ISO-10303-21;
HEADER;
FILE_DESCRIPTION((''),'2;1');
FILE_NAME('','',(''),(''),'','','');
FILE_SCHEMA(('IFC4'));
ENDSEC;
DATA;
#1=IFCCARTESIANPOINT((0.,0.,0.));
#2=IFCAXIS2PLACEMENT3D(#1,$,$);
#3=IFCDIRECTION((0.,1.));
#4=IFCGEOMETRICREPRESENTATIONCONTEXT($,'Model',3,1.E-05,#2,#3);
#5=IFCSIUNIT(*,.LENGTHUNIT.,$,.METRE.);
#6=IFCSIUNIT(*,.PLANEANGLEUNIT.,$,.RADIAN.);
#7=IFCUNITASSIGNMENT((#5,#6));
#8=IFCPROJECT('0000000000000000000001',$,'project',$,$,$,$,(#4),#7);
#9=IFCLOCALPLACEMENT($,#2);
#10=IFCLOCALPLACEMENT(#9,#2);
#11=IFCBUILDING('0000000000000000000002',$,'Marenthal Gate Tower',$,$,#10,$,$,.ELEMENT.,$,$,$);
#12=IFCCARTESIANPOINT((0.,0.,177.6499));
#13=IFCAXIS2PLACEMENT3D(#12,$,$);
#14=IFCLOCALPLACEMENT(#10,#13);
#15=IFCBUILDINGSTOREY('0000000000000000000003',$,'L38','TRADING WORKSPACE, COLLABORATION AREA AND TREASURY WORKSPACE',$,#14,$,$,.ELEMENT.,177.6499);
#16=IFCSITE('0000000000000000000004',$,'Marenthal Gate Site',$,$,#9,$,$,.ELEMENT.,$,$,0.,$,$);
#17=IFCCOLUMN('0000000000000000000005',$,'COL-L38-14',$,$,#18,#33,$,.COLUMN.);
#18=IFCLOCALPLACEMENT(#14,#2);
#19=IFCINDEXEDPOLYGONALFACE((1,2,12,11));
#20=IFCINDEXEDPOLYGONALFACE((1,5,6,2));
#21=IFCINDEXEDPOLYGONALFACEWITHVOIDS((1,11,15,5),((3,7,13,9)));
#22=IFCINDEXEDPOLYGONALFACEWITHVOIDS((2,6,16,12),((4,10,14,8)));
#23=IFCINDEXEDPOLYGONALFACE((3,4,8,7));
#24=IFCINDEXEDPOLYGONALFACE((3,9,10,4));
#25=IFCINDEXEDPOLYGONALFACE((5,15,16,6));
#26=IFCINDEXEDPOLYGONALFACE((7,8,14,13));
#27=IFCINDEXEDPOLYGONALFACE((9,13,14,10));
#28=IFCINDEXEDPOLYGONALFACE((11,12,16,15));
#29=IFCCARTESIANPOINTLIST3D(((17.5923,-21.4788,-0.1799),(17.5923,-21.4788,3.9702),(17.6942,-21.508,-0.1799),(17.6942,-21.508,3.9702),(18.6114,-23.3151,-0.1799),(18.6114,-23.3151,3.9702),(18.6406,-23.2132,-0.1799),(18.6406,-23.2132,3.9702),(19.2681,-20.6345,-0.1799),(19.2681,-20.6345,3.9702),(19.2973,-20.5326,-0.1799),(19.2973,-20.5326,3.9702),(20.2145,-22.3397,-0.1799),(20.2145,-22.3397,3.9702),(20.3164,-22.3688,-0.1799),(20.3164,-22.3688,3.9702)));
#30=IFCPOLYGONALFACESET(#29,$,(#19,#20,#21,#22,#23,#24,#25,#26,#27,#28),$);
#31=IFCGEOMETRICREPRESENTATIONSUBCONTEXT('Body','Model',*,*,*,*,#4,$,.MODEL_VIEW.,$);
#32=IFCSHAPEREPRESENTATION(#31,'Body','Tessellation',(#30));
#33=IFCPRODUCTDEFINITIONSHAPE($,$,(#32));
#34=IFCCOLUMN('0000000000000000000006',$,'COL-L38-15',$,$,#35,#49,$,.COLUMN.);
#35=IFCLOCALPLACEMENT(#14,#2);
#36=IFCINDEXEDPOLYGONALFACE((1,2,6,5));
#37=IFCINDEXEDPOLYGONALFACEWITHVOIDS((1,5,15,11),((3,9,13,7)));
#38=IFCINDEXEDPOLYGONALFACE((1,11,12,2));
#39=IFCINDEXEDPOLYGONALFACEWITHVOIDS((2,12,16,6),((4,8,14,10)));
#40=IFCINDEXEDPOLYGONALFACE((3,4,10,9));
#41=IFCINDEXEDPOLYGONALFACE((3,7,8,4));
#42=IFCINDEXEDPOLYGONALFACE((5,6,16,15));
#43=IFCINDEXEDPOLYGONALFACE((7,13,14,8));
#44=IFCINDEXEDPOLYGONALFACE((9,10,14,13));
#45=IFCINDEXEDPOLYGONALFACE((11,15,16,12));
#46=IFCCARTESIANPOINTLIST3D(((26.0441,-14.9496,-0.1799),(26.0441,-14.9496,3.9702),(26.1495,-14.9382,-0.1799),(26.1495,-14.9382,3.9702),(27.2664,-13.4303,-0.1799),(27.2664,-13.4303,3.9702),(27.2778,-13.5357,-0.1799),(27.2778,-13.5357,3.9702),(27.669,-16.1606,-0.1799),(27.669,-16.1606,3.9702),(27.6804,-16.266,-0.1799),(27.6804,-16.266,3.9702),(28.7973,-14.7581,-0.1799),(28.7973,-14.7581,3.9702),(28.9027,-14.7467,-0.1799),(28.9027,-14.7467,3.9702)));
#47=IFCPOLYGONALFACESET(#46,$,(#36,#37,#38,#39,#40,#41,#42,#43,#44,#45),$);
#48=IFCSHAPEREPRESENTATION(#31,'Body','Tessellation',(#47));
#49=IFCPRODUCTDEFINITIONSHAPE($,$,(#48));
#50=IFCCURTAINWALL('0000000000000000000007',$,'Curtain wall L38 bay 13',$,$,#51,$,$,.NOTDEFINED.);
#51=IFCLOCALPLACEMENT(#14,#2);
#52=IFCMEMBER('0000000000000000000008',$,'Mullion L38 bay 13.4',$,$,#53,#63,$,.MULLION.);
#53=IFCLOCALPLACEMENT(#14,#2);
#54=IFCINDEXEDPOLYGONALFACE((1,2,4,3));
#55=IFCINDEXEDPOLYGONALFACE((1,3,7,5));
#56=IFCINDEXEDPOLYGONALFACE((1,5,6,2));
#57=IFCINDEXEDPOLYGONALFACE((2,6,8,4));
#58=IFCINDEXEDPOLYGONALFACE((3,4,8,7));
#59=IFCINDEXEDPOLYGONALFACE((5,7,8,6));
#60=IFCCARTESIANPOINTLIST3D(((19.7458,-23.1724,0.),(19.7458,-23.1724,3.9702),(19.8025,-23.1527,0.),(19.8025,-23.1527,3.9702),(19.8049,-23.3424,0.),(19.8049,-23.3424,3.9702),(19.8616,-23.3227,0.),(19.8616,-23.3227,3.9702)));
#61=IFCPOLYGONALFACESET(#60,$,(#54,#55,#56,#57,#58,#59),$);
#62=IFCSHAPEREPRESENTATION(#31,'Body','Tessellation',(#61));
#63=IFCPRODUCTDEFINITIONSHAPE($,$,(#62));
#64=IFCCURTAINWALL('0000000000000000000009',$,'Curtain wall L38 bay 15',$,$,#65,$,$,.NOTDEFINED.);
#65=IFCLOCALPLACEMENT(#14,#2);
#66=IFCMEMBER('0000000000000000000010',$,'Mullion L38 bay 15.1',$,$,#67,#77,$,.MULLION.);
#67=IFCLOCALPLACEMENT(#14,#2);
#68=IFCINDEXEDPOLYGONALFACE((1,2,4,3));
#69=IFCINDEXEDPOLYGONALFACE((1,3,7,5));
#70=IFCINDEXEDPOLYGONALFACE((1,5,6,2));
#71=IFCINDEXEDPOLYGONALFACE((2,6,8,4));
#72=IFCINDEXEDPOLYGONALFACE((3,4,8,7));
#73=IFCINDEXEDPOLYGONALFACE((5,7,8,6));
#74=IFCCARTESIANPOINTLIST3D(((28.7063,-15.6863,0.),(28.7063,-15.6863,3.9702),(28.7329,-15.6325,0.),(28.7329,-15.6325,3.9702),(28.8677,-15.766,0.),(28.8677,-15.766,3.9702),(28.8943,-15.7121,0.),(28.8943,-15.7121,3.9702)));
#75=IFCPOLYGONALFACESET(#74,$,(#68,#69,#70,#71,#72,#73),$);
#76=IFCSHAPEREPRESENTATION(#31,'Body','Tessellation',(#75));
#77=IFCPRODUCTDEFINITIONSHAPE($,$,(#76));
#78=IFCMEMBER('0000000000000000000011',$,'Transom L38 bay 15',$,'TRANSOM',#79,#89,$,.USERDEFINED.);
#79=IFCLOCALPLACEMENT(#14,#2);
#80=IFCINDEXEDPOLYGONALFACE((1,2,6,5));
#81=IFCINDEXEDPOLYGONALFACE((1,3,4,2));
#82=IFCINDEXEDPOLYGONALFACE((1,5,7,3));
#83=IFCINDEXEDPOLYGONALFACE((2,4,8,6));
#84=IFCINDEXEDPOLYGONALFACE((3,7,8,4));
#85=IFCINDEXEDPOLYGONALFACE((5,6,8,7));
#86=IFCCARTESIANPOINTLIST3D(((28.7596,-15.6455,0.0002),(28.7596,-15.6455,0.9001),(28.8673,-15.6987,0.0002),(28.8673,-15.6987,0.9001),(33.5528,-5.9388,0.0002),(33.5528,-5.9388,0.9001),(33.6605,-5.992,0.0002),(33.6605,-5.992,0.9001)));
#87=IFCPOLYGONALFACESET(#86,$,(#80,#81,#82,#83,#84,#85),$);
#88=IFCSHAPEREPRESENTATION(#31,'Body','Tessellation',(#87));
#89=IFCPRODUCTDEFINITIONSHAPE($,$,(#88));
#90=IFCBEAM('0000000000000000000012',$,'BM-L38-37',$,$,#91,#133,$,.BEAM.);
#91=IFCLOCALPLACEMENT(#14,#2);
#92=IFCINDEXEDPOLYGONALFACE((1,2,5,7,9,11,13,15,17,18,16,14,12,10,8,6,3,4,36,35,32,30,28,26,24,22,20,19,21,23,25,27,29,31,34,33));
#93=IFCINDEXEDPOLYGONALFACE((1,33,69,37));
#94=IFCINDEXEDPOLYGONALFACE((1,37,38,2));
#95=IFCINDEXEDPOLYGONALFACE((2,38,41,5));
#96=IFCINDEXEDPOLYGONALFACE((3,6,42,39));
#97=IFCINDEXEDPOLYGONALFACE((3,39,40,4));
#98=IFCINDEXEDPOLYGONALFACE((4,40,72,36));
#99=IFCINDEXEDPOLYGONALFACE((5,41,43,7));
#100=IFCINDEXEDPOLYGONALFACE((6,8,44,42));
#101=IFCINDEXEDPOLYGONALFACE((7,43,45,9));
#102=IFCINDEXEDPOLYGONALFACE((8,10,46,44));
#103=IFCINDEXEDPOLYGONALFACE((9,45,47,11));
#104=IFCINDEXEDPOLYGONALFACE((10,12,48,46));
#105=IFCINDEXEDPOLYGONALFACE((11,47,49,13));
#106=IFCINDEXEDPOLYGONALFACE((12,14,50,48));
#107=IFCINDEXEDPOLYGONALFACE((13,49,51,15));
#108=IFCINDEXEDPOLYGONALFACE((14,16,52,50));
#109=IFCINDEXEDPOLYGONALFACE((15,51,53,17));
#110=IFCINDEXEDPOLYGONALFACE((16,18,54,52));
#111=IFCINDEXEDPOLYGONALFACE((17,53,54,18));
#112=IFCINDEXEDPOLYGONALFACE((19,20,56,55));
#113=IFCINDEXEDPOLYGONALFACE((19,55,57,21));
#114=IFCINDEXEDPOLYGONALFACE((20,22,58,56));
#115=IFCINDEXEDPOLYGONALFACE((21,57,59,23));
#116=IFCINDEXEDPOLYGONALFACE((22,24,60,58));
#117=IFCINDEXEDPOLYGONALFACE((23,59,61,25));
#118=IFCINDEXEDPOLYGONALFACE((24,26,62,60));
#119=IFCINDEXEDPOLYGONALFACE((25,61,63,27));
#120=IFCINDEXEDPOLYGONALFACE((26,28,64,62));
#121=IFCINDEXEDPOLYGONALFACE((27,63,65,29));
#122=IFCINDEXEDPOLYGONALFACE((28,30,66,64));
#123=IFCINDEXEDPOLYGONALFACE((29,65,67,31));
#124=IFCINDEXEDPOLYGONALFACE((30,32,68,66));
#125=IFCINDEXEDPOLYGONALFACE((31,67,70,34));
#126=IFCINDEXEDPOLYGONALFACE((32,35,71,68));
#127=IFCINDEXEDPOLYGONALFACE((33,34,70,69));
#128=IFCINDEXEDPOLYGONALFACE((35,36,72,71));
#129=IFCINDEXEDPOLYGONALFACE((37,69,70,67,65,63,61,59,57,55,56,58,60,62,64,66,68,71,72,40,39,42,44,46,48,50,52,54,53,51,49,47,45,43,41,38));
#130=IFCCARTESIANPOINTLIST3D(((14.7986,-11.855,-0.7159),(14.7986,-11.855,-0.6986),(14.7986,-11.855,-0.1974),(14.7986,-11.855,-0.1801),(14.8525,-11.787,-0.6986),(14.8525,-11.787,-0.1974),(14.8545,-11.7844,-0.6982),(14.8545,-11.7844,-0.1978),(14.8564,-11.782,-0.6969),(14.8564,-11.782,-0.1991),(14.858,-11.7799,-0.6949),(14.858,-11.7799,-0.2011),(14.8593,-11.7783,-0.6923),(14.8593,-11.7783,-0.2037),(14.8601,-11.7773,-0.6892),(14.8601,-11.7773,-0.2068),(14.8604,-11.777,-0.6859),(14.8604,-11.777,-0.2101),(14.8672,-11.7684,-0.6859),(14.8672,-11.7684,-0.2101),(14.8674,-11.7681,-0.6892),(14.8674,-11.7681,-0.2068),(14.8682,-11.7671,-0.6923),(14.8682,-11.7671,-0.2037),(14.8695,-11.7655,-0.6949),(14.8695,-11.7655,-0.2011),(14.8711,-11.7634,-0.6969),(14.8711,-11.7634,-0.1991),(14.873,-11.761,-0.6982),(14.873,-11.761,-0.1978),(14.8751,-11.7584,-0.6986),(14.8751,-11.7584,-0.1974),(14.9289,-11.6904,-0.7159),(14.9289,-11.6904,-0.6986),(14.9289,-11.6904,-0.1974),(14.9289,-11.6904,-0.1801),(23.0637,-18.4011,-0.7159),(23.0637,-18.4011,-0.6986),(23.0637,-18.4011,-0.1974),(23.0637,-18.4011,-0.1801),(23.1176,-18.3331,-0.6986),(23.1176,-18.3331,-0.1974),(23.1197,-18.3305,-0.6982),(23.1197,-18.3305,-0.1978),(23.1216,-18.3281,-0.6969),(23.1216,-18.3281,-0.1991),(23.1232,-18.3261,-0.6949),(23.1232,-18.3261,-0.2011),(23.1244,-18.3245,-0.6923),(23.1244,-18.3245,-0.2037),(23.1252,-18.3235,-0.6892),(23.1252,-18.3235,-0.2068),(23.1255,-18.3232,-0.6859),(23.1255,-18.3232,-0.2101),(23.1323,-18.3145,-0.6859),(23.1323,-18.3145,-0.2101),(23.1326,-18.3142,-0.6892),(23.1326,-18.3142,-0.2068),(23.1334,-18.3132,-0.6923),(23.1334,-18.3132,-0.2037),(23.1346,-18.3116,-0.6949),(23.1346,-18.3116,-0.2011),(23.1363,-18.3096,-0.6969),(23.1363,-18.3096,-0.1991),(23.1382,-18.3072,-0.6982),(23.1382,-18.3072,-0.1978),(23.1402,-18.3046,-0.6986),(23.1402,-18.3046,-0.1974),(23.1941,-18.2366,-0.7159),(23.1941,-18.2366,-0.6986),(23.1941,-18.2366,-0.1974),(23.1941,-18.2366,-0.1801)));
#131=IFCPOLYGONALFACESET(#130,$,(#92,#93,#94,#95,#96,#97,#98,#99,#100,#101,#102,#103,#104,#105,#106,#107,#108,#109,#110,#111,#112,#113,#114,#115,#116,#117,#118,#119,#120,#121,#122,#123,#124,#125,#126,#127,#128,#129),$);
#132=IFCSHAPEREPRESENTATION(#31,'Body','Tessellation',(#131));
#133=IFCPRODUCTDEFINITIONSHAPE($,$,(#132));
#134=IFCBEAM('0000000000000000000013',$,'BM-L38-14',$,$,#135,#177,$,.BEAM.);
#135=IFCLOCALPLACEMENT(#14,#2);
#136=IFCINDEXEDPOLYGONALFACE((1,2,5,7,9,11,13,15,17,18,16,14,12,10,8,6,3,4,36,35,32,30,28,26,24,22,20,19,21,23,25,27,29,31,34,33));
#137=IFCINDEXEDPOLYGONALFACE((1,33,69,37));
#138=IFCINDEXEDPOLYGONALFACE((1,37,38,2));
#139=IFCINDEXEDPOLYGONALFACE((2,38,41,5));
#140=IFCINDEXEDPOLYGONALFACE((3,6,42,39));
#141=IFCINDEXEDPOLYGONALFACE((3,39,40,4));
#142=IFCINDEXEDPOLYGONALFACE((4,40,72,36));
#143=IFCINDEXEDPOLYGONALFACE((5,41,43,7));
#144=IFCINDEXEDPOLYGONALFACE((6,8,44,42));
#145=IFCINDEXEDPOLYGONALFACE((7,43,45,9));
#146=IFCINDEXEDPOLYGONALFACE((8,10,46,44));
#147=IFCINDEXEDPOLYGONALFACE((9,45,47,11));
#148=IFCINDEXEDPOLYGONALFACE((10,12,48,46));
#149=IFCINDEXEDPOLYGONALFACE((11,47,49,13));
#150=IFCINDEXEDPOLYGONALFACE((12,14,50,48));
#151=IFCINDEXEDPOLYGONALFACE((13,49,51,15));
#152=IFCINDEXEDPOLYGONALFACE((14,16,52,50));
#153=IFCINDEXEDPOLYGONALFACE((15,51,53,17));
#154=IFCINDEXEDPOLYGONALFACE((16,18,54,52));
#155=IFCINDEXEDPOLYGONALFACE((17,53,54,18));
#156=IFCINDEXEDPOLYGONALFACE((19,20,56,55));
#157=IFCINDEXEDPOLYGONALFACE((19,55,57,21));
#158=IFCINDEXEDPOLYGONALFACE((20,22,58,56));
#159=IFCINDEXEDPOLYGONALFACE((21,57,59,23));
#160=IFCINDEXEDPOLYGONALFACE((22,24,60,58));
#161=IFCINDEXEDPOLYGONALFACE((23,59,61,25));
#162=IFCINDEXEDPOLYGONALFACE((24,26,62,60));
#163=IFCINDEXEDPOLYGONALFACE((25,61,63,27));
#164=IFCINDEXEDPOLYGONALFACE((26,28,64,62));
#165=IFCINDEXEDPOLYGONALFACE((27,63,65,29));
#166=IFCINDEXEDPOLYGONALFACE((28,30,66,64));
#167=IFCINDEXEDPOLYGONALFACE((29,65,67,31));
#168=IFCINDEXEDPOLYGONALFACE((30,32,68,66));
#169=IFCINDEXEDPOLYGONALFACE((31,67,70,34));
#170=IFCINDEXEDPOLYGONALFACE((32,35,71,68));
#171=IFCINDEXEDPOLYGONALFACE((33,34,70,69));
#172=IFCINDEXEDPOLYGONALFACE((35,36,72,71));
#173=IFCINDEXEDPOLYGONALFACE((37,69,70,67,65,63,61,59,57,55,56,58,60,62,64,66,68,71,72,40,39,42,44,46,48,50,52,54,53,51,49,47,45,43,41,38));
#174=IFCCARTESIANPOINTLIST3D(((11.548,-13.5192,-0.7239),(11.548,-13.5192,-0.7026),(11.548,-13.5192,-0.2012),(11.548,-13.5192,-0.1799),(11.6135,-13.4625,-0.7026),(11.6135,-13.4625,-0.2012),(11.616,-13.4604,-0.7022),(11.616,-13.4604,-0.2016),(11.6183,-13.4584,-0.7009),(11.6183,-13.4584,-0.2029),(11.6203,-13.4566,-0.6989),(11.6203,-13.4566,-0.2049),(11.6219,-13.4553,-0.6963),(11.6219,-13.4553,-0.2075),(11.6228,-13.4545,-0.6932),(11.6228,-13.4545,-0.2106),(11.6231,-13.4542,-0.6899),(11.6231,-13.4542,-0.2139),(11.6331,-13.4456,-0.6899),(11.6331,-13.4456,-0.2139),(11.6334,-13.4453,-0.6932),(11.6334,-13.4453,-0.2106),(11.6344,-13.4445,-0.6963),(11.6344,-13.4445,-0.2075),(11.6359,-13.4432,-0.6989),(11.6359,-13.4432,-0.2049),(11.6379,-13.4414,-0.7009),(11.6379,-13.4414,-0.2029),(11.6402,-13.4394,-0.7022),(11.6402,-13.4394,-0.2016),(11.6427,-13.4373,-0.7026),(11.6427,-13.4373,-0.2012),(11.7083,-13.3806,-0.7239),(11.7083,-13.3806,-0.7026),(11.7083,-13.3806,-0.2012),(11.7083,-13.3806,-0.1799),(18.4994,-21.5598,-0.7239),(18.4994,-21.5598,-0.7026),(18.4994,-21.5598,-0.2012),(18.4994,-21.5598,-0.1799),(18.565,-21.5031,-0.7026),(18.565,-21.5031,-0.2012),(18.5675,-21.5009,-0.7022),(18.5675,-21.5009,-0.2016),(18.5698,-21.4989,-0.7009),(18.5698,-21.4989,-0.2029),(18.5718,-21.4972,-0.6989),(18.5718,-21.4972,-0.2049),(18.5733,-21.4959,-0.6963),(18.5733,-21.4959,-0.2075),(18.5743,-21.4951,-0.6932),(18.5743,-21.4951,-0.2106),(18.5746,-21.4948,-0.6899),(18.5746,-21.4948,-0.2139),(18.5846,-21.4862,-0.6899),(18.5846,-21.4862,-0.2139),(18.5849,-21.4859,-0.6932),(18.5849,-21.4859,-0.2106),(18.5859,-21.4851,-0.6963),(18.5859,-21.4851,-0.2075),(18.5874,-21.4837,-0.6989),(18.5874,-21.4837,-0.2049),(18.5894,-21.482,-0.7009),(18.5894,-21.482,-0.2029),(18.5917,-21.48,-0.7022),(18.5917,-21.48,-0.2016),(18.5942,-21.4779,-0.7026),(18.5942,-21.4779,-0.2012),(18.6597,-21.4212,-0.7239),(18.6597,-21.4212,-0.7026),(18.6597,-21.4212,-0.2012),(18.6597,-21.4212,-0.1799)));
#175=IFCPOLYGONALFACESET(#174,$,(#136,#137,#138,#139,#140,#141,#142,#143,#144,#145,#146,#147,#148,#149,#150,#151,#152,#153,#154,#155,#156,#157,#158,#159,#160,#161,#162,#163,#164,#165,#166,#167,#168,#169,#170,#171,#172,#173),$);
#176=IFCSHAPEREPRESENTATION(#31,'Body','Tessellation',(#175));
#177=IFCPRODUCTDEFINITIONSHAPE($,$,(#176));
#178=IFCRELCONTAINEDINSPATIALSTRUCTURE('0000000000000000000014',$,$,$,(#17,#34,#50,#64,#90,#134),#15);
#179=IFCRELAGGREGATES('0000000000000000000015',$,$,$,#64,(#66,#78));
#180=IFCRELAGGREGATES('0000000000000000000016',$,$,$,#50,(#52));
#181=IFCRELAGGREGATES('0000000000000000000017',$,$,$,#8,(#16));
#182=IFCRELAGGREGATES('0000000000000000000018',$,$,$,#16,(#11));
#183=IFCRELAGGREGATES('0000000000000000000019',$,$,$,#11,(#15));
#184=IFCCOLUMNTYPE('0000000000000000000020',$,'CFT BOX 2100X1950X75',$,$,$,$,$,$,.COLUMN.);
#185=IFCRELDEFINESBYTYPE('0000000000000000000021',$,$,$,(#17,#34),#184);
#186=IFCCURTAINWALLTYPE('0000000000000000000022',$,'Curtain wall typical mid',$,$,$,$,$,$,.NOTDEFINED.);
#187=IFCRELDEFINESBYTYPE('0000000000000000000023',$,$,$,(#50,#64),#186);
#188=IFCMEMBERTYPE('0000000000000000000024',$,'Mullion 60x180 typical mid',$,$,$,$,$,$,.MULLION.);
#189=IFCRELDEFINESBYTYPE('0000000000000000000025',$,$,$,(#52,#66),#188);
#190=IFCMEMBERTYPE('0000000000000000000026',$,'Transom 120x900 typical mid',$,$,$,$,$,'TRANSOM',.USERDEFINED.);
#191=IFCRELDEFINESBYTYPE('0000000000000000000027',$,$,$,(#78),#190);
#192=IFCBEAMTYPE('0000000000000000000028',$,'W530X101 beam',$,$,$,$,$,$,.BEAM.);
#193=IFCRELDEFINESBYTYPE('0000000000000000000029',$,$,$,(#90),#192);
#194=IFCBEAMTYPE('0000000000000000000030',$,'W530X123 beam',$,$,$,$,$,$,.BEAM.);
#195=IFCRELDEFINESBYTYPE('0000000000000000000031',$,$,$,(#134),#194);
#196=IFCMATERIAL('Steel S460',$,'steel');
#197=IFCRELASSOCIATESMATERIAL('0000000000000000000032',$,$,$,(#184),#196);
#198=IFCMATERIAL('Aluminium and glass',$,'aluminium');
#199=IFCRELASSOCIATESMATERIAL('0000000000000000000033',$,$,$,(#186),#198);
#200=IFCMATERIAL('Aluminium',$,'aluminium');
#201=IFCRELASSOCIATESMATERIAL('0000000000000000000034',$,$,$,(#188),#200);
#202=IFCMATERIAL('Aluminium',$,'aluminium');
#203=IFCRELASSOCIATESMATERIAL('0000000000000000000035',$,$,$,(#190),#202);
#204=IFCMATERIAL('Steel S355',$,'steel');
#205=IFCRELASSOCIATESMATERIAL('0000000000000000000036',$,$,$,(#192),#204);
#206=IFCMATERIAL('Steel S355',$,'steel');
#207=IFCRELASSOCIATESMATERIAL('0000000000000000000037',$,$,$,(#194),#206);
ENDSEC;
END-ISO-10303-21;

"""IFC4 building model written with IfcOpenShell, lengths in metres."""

from ifc_helpers import new_model, si_unit, direction, frame, origin, origin_2d, place, context, subcontext, project, spatial, rectangle, hollow_rectangle, i_section, extrude, material, material_profile, profile_set, type_object, element, aggregate, save


model = new_model("IFC4")

# Units and contexts
model_context = context("Model", 3, precision=1e-05, world=origin(), true_north=direction((0.0, 1.0)))
body_context = subcontext(model_context, "Body", "Model", "MODEL_VIEW")
ifc_project = project(units=[si_unit("LENGTHUNIT", "METRE"), si_unit("PLANEANGLEUNIT", "RADIAN")], contexts=[model_context])

# Site, building, storey
site_placement = place(None, origin())
site = spatial("IfcSite", under=ifc_project, at=site_placement, Name="Marenthal Gate Site", CompositionType="ELEMENT", RefElevation=0.0)
building_placement = place(site_placement, origin())
building = spatial("IfcBuilding", under=site, at=building_placement, Name="Marenthal Gate Tower", CompositionType="ELEMENT")
storey_placement = place(building_placement, frame((0.0, 0.0, 177.6499)))
storey = spatial("IfcBuildingStorey", under=building, at=storey_placement, Name="L38", Description="TRADING WORKSPACE, COLLABORATION AREA AND TREASURY WORKSPACE", CompositionType="ELEMENT", Elevation=177.6499)

# Columns
ifc_material_1 = material(Name="Steel S460", Category="steel")
ifc_material_profile_1 = material_profile(ifc_material_1, hollow_rectangle(XDim=1.95, YDim=2.1001, WallThickness=0.075, at=origin_2d()), Name="CFT BOX 2100X1950X75")
ifc_material_2 = material(Name="Concrete 70 MPa", Category="concrete")
ifc_material_profile_2 = material_profile(ifc_material_2, rectangle(XDim=1.8, YDim=1.95, at=origin_2d()), Name="CFT BOX 2100X1950X75 INFILL")
ifc_profile_set_1 = profile_set([ifc_material_profile_1, ifc_material_profile_2], Name="Steel S460 shell, Concrete 70 MPa infill")
column_type = type_object("IfcColumnType", Name="CFT BOX 2100X1950X75", PredefinedType="COLUMN", material=ifc_profile_set_1)
for number, where, z_axis, x_axis, name in (
    (1, (18.9543, -21.9238, -0.1799), (0.0, 0.0, 1.0), (-0.874371, -0.485258, 0.0), "COL-L38-14"),
    (2, (27.4734, -14.8481, -0.1799), (0.0, 0.0, 1.0), (-0.626815, -0.779168, 0.0), "COL-L38-15"),
):
    element("IfcColumn", number, at=place(storey_placement, frame(where, z_axis=z_axis, x_axis=x_axis)), inside=storey, type_object=column_type, Name=name, PredefinedType="COLUMN", context=body_context, shape_type="SweptSolid", body=[
        extrude(hollow_rectangle(XDim=1.95, YDim=2.1001, WallThickness=0.075, at=origin_2d()), origin(), (0.0, 0.0, 1.0), 4.1501),
    ])

# Curtain wall, member
ifc_material_3 = material(Name="Aluminium and glass", Category="aluminium")
curtain_wall_type = type_object("IfcCurtainWallType", Name="Curtain wall typical mid", PredefinedType="NOTDEFINED", material=ifc_material_3)
curtain_wall_1_placement = place(storey_placement, origin())
curtain_wall_1 = element("IfcCurtainWall", 3, at=curtain_wall_1_placement, inside=storey, type_object=curtain_wall_type, Name="Curtain wall L38 bay 13", PredefinedType="NOTDEFINED")
ifc_material_4 = material(Name="Aluminium", Category="aluminium")
ifc_material_profile_3 = material_profile(ifc_material_4, rectangle(XDim=0.1799, YDim=0.0601, at=origin_2d()), Name="60x180 aluminium mullion")
ifc_profile_set_2 = profile_set([ifc_material_profile_3], Name="Aluminium")
member_type_1 = type_object("IfcMemberType", Name="Mullion 60x180 typical mid", PredefinedType="MULLION", material=ifc_profile_set_2)
member_1_placement = place(storey_placement, frame((19.8037, -23.2476, 0.0), z_axis=(0.0, 0.0, 1.0), x_axis=(-0.328211, 0.944604, 0.0)))
member_1 = element("IfcMember", 4, at=member_1_placement, type_object=member_type_1, Name="Mullion L38 bay 13.4", PredefinedType="MULLION", context=body_context, shape_type="SweptSolid", body=[
    extrude(rectangle(XDim=0.1799, YDim=0.0601, at=origin_2d()), origin(), (0.0, 0.0, 1.0), 3.9702),
])

# Curtain wall, members
curtain_wall_2_placement = place(storey_placement, origin())
curtain_wall_2 = element("IfcCurtainWall", 5, at=curtain_wall_2_placement, inside=storey, type_object=curtain_wall_type, Name="Curtain wall L38 bay 15", PredefinedType="NOTDEFINED")
member_2_placement = place(storey_placement, frame((28.8003, -15.6992, 0.0), z_axis=(0.0, 0.0, 1.0), x_axis=(-0.896643, 0.442753, 0.0)))
member_2 = element("IfcMember", 6, at=member_2_placement, type_object=member_type_1, Name="Mullion L38 bay 15.1", PredefinedType="MULLION", context=body_context, shape_type="SweptSolid", body=[
    extrude(rectangle(XDim=0.1799, YDim=0.0601, at=origin_2d()), origin(), (0.0, 0.0, 1.0), 3.9702),
])
ifc_material_5 = material(Name="Aluminium", Category="aluminium")
ifc_material_profile_4 = material_profile(ifc_material_5, rectangle(XDim=0.1201, YDim=0.8999, at=origin_2d()), Name="120x900 aluminium transom")
ifc_profile_set_3 = profile_set([ifc_material_profile_4], Name="Aluminium")
member_type_2 = type_object("IfcMemberType", Name="Transom 120x900 typical mid", ElementType="TRANSOM", PredefinedType="USERDEFINED", material=ifc_profile_set_3)
member_3_placement = place(storey_placement, frame((28.8135, -15.6721, 0.4502), z_axis=(0.442761, 0.89664, 0.0), x_axis=(-0.89664, 0.442761, 0.0)))
member_3 = element("IfcMember", 7, at=member_3_placement, type_object=member_type_2, Name="Transom L38 bay 15", ObjectType="TRANSOM", PredefinedType="USERDEFINED", context=body_context, shape_type="SweptSolid", body=[
    extrude(rectangle(XDim=0.1201, YDim=0.8999, at=origin_2d()), origin(), (0.0, 0.0, 1.0), 10.8257),
])
aggregate(curtain_wall_2, [member_2, member_3])

# Beams
ifc_material_6 = material(Name="Steel S355", Category="steel")
ifc_material_profile_5 = material_profile(ifc_material_6, i_section(OverallWidth=0.21, OverallDepth=0.5359, WebThickness=0.011, FlangeThickness=0.0173, FilletRadius=0.0127, at=origin_2d()), Name="W530X101")
ifc_profile_set_4 = profile_set([ifc_material_profile_5], Name="Steel S355")
beam_type_1 = type_object("IfcBeamType", Name="W530X101 beam", PredefinedType="BEAM", material=ifc_profile_set_4)
beam_1_placement = place(storey_placement, frame((23.1289, -18.3188, -0.448), z_axis=(-0.783912, 0.620873, 0.0), x_axis=(-0.620873, -0.783912, 0.0)))
element("IfcBeam", 8, at=beam_1_placement, inside=storey, type_object=beam_type_1, Name="BM-L38-37", PredefinedType="BEAM", context=body_context, shape_type="SweptSolid", body=[
    extrude(i_section(OverallWidth=0.21, OverallDepth=0.5359, WebThickness=0.011, FlangeThickness=0.0173, FilletRadius=0.0127, at=origin_2d()), origin(), (0.0, 0.0, 1.0), 10.5435),
])
ifc_material_7 = material(Name="Steel S355", Category="steel")
ifc_material_profile_6 = material_profile(ifc_material_7, i_section(OverallWidth=0.2119, OverallDepth=0.5439, WebThickness=0.0132, FlangeThickness=0.0212, FilletRadius=0.0127, at=origin_2d()), Name="W530X123")
ifc_profile_set_5 = profile_set([ifc_material_profile_6], Name="Steel S355")
beam_type_2 = type_object("IfcBeamType", Name="W530X123 beam", PredefinedType="BEAM", material=ifc_profile_set_5)
beam_2_placement = place(storey_placement, frame((18.5796, -21.4905, -0.4519), z_axis=(-0.654014, 0.756482, 0.0), x_axis=(-0.756482, -0.654014, 0.0)))
element("IfcBeam", 9, at=beam_2_placement, inside=storey, type_object=beam_type_2, Name="BM-L38-14", PredefinedType="BEAM", context=body_context, shape_type="SweptSolid", body=[
    extrude(i_section(OverallWidth=0.2119, OverallDepth=0.5439, WebThickness=0.0132, FlangeThickness=0.0212, FilletRadius=0.0127, at=origin_2d()), origin(), (0.0, 0.0, 1.0), 10.6289),
])

aggregate(curtain_wall_1, [member_1])

save(model, "model.ifc")
